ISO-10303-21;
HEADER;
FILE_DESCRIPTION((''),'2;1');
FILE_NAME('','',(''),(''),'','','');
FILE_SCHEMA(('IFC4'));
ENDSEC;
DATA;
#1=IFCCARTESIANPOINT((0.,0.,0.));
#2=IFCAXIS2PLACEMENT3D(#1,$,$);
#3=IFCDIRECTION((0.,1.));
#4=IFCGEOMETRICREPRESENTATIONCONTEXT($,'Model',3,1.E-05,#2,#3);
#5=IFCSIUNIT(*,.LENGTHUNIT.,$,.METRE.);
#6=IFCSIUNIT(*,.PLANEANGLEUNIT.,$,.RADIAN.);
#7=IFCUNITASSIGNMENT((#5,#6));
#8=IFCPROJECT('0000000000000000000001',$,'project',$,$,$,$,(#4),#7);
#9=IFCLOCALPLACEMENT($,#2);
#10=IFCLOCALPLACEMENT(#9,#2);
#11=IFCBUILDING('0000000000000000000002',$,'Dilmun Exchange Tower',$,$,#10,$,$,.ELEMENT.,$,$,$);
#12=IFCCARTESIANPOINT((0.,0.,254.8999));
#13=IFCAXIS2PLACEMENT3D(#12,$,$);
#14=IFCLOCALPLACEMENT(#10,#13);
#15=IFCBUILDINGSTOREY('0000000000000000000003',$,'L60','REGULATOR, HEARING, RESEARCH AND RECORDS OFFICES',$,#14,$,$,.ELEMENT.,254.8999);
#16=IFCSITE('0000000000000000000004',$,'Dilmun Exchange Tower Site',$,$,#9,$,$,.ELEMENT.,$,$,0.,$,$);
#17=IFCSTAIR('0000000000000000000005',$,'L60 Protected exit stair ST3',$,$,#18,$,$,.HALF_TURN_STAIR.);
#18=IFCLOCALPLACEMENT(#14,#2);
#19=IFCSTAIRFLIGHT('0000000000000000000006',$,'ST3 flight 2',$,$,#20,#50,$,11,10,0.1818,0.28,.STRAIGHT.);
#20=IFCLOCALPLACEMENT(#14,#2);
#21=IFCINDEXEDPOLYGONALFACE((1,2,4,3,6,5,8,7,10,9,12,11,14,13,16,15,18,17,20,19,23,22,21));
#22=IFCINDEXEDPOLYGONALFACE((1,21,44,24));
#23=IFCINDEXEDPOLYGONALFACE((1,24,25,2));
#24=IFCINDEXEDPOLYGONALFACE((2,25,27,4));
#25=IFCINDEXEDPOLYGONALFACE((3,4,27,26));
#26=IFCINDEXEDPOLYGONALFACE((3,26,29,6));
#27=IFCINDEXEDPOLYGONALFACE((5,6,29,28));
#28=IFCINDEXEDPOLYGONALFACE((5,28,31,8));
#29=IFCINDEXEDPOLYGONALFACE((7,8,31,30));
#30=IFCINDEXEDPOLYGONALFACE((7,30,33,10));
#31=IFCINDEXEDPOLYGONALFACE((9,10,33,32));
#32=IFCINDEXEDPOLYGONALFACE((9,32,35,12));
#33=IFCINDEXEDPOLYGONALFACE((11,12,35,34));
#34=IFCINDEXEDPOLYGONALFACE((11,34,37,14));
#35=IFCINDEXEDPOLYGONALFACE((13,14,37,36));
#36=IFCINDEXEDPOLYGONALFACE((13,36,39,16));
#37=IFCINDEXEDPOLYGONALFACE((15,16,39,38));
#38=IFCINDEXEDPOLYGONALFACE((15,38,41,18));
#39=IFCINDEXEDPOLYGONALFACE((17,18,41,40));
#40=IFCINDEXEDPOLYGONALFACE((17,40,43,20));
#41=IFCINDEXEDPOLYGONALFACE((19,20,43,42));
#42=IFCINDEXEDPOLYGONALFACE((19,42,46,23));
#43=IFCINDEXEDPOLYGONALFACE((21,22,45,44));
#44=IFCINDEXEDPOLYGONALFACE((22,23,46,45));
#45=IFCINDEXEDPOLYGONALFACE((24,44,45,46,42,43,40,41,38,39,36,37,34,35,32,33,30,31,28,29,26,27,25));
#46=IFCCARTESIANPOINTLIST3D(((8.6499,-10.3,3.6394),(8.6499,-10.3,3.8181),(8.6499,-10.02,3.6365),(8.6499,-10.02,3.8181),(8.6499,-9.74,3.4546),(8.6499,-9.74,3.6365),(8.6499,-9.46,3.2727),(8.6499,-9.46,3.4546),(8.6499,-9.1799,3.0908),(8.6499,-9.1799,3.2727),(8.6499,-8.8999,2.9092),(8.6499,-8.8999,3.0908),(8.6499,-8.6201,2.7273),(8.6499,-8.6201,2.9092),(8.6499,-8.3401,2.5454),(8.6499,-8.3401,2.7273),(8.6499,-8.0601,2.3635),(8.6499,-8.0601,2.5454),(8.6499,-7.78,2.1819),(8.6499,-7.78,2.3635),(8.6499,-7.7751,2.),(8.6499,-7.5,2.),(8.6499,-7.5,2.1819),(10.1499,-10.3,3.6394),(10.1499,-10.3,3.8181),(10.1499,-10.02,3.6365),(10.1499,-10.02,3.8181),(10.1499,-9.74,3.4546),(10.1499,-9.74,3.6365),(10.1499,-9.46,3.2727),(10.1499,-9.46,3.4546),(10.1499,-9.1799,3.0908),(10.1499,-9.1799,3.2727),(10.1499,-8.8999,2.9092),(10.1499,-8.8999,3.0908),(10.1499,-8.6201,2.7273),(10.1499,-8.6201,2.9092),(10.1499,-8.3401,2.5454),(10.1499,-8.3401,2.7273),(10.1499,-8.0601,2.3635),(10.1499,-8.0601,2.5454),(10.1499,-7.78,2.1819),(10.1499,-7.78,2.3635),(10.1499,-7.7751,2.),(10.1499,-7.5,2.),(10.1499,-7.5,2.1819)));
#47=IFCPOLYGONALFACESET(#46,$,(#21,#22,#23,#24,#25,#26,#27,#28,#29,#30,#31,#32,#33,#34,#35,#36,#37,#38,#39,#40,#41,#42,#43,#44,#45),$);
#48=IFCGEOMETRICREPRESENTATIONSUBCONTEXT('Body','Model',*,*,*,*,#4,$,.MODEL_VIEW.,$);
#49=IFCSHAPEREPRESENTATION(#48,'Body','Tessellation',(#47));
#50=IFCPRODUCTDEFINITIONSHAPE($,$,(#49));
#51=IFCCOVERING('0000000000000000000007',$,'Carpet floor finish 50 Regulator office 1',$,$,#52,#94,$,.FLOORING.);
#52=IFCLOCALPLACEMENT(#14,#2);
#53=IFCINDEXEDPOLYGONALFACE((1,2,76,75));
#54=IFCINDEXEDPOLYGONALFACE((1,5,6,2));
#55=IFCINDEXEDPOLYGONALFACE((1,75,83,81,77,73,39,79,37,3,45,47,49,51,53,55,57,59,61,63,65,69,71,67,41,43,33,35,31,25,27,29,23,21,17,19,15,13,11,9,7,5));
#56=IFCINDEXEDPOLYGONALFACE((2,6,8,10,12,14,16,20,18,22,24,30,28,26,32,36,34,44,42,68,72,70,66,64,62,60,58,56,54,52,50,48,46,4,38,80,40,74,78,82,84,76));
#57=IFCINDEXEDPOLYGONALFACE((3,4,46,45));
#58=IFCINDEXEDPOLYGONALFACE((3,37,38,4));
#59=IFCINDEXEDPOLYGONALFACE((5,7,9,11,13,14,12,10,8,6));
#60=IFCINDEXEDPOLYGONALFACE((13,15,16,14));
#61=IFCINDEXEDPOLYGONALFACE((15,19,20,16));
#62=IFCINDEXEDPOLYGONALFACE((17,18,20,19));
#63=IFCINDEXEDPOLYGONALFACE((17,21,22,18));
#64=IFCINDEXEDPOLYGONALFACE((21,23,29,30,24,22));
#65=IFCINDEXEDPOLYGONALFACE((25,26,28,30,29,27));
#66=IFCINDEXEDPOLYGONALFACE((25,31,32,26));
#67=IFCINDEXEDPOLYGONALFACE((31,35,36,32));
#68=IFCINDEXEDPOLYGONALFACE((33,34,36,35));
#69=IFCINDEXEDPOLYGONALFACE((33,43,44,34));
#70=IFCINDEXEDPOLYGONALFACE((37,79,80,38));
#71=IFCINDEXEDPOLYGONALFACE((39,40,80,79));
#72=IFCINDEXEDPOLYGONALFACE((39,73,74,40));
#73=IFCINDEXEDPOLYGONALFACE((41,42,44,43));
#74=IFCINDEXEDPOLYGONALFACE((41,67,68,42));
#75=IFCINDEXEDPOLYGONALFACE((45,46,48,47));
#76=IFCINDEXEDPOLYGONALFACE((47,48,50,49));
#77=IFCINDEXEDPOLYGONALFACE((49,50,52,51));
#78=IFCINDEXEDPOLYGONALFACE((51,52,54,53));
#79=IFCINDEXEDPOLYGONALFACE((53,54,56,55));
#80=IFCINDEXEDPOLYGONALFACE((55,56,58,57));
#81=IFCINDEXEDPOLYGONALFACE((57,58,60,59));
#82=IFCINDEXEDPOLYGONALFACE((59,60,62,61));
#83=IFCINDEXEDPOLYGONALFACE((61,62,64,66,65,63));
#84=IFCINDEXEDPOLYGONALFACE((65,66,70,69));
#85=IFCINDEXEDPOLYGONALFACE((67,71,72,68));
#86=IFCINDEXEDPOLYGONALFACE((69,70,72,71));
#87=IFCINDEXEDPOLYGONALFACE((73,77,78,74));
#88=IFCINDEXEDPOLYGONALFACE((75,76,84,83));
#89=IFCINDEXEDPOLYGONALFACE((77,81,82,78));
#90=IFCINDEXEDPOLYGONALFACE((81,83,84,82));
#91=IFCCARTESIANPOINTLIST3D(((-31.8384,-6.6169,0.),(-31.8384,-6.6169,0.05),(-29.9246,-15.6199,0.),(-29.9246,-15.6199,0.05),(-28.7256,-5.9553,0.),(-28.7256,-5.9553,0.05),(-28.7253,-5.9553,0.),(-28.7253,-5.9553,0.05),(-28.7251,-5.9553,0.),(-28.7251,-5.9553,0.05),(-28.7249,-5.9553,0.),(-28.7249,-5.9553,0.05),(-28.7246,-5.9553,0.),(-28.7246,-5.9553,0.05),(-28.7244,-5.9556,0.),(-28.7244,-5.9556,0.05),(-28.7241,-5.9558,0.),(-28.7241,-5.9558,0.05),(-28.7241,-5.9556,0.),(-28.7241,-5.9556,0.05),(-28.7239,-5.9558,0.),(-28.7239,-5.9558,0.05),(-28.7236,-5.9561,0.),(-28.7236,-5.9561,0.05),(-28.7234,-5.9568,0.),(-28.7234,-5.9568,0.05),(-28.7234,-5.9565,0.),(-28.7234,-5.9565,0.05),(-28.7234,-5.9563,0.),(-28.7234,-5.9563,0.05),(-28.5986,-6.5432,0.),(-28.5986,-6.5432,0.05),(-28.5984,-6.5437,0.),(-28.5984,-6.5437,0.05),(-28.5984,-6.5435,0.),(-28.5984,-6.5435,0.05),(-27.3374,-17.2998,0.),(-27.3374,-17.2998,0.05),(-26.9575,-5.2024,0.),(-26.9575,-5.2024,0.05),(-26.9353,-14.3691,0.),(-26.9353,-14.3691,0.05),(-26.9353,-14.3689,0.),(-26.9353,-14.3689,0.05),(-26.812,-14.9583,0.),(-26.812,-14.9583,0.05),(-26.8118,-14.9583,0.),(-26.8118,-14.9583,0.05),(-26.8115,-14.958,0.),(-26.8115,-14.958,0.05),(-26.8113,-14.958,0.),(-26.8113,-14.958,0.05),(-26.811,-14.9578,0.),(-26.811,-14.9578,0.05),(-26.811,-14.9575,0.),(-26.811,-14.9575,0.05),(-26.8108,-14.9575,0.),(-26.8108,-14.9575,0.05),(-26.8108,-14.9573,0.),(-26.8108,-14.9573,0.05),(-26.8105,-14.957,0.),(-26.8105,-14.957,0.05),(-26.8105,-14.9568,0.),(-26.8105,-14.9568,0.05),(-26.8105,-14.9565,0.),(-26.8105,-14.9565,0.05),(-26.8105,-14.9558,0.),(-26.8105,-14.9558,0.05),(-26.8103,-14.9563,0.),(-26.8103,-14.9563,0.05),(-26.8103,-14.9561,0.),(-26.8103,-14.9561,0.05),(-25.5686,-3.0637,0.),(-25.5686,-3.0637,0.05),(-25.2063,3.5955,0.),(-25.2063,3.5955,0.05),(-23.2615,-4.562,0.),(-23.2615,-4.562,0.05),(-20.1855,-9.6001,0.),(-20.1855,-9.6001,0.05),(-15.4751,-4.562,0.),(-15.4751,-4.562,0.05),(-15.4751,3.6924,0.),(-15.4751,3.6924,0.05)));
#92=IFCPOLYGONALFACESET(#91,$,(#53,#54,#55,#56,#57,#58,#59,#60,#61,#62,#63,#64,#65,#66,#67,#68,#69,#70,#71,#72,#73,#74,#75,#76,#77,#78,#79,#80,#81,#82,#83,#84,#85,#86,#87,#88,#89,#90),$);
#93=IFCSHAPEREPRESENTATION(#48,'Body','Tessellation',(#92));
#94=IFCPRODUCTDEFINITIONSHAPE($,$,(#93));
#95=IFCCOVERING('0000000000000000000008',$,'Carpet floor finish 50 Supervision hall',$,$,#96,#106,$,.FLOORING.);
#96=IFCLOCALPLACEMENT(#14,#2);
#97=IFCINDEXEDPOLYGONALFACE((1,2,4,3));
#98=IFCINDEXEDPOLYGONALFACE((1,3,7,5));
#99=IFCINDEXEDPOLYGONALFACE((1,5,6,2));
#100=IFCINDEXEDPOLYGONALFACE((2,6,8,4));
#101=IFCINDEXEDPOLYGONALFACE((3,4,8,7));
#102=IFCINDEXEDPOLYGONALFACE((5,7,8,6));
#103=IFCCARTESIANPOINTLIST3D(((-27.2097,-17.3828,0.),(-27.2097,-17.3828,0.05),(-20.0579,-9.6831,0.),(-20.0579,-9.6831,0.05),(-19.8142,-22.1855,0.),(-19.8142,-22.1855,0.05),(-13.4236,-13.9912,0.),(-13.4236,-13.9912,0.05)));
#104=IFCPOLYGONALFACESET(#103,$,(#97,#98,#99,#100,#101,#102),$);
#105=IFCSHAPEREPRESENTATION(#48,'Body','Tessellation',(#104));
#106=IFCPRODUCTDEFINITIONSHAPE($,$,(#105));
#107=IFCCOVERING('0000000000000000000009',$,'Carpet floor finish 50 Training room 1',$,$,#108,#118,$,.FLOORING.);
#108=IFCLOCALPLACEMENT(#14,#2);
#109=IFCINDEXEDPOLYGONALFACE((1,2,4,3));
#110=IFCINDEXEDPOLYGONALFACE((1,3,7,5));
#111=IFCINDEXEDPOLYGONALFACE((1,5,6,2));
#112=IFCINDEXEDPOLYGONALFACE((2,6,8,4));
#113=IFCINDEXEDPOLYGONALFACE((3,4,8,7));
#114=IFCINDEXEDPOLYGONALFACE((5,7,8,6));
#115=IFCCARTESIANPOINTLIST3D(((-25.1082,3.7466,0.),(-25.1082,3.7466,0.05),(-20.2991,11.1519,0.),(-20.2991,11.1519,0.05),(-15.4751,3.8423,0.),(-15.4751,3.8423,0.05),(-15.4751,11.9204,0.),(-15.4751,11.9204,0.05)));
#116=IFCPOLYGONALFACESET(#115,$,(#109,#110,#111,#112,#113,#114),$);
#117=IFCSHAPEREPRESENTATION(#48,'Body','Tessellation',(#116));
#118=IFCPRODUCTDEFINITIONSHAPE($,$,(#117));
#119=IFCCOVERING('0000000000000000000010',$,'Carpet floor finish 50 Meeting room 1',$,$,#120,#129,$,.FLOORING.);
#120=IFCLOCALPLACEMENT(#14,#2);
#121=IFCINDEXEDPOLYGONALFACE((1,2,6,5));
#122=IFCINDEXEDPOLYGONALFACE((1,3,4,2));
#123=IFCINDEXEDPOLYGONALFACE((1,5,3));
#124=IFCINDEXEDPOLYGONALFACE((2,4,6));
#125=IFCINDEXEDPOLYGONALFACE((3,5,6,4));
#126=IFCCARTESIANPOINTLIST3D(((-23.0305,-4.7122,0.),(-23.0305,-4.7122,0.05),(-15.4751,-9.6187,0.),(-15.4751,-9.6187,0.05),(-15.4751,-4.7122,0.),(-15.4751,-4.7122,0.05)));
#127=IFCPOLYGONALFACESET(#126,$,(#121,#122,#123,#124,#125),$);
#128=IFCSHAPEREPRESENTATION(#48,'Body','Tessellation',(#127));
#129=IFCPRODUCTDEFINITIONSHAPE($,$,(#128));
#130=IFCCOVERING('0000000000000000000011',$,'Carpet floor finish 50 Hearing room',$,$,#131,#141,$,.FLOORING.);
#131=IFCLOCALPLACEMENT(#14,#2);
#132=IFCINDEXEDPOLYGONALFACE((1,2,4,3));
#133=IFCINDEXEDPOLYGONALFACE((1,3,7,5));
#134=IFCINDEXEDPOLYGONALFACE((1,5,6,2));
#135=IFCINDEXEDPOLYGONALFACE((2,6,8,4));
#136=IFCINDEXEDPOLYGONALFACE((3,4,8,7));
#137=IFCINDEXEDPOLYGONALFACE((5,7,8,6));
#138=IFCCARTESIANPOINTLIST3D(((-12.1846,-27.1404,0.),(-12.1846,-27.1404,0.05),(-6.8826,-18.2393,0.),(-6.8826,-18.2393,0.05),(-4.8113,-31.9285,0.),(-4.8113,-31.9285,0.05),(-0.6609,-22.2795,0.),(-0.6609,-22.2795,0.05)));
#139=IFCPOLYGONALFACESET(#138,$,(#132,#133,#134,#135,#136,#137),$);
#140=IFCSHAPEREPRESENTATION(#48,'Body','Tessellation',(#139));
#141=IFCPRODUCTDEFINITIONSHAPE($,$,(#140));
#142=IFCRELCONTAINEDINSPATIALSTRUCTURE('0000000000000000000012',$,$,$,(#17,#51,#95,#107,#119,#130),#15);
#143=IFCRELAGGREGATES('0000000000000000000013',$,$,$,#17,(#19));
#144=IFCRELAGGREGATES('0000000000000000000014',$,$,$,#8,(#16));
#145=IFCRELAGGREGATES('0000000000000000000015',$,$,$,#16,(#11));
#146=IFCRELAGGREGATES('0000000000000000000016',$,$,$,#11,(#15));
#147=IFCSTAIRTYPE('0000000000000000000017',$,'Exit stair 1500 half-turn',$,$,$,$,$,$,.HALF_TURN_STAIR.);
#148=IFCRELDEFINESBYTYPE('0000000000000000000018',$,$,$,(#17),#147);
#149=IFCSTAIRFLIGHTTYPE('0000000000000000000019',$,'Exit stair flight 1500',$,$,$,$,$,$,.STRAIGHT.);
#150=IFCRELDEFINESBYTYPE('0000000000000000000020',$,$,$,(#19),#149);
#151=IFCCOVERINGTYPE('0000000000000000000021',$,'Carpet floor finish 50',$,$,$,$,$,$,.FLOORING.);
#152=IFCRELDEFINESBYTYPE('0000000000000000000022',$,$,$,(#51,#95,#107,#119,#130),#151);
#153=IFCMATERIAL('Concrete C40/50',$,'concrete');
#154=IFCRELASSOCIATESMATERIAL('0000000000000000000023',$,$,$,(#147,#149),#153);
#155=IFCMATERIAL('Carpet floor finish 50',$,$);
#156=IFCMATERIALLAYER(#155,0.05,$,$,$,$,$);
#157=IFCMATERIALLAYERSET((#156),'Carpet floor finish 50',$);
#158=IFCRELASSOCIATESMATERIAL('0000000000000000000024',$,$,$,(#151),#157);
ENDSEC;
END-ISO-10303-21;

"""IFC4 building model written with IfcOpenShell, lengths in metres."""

from ifc_helpers import new_model, si_unit, direction, frame, origin, place, context, subcontext, project, spatial, polyline, outline, extrude, material, layer, layer_set, type_object, element, aggregate, save


model = new_model("IFC4")

# Units and contexts
model_context = context("Model", 3, precision=1e-05, world=origin(), true_north=direction((0.0, 1.0)))
body_context = subcontext(model_context, "Body", "Model", "MODEL_VIEW")
ifc_project = project(units=[si_unit("LENGTHUNIT", "METRE"), si_unit("PLANEANGLEUNIT", "RADIAN")], contexts=[model_context])

# Site, building, storey
site_placement = place(None, origin())
site = spatial("IfcSite", under=ifc_project, at=site_placement, Name="Dilmun Exchange Tower Site", CompositionType="ELEMENT", RefElevation=0.0)
building_placement = place(site_placement, origin())
building = spatial("IfcBuilding", under=site, at=building_placement, Name="Dilmun Exchange Tower", CompositionType="ELEMENT")
storey_placement = place(building_placement, frame((0.0, 0.0, 254.8999)))
storey = spatial("IfcBuildingStorey", under=building, at=storey_placement, Name="L60", Description="REGULATOR, HEARING, RESEARCH AND RECORDS OFFICES", CompositionType="ELEMENT", Elevation=254.8999)

# Shared definitions
ifc_material_1 = material(Name="Concrete C40/50", Category="concrete")

# Stair
stair_type = type_object("IfcStairType", Name="Exit stair 1500 half-turn", PredefinedType="HALF_TURN_STAIR", material=ifc_material_1)
stair_1_placement = place(storey_placement, origin())
stair_1 = element("IfcStair", 1, at=stair_1_placement, inside=storey, type_object=stair_type, Name="L60 Protected exit stair ST3", PredefinedType="HALF_TURN_STAIR")

# Stair flight
stair_flight_type = type_object("IfcStairFlightType", Name="Exit stair flight 1500", PredefinedType="STRAIGHT", material=ifc_material_1)
stair_flight_placement = place(storey_placement, frame((9.3999, -7.5, 2.0), z_axis=(0.0, 0.0, 1.0), x_axis=(0.0, -1.0, 0.0)))
stair_flight = element("IfcStairFlight", 2, at=stair_flight_placement, type_object=stair_flight_type, Name="ST3 flight 2", NumberOfRisers=11, NumberOfTreads=10, PredefinedType="STRAIGHT", RiserHeight=0.1818, TreadLength=0.28, context=body_context, shape_type="SweptSolid", body=[
    extrude(outline(polyline([(0.0, 0.0), (0.0, 0.1819), (0.28, 0.1819), (0.28, 0.3635), (0.5601, 0.3635), (0.5601, 0.5454), (0.8401, 0.5454), (0.8401, 0.7273), (1.1201, 0.7273), (1.1201, 0.9092), (1.3999, 0.9092), (1.3999, 1.0908), (1.6799, 1.0908), (1.6799, 1.2727), (1.96, 1.2727), (1.96, 1.4546), (2.24, 1.4546), (2.24, 1.6365), (2.52, 1.6365), (2.52, 1.8181), (2.8, 1.8181), (2.8, 2.0), (2.8, 1.6394), (0.2751, 0.0), (0.0, 0.0)])), frame((0.0, 0.75, 0.0), z_axis=(0.0, -1.0, 0.0), x_axis=(1.0, 0.0, 0.0)), (0.0, 0.0, 1.0), 1.5),
])
aggregate(stair_1, [stair_flight])

# Coverings
ifc_material_2 = material(Name="Carpet floor finish 50")
ifc_layer_1 = layer(ifc_material_2, 0.05)
ifc_layer_set_1 = layer_set([ifc_layer_1], Name="Carpet floor finish 50")
covering_type_1 = type_object("IfcCoveringType", Name="Carpet floor finish 50", PredefinedType="FLOORING", material=ifc_layer_set_1)
covering_1_placement = place(storey_placement, origin())
element("IfcCovering", 3, at=covering_1_placement, inside=storey, type_object=covering_type_1, Name="Carpet floor finish 50 Regulator office 1", PredefinedType="FLOORING", context=body_context, shape_type="SweptSolid", body=[
    extrude(outline(polyline([(-15.4751, 3.6924), (-15.4751, -4.562), (-23.2615, -4.562), (-25.5686, -3.0637), (-26.9575, -5.2024), (-20.1855, -9.6001), (-27.3374, -17.2998), (-29.9246, -15.6199), (-26.812, -14.9583), (-26.8118, -14.9583), (-26.8115, -14.958), (-26.8115, -14.958), (-26.8113, -14.958), (-26.811, -14.9578), (-26.811, -14.9575), (-26.8108, -14.9575), (-26.8108, -14.9573), (-26.8108, -14.9573), (-26.8105, -14.957), (-26.8105, -14.9568), (-26.8105, -14.9565), (-26.8103, -14.9563), (-26.8103, -14.9563), (-26.8103, -14.9561), (-26.8105, -14.9558), (-26.9353, -14.3691), (-26.9353, -14.3691), (-26.9353, -14.3689), (-28.5984, -6.5437), (-28.5984, -6.5435), (-28.5986, -6.5432), (-28.5986, -6.5432), (-28.7234, -5.9568), (-28.7234, -5.9568), (-28.7234, -5.9565), (-28.7234, -5.9563), (-28.7236, -5.9561), (-28.7236, -5.9561), (-28.7239, -5.9558), (-28.7241, -5.9558), (-28.7241, -5.9556), (-28.7244, -5.9556), (-28.7246, -5.9553), (-28.7246, -5.9553), (-28.7249, -5.9553), (-28.7251, -5.9553), (-28.7253, -5.9553), (-28.7256, -5.9553), (-28.7256, -5.9553), (-31.8384, -6.6169), (-25.2063, 3.5955), (-15.4751, 3.6924)])), origin(), (0.0, 0.0, 1.0), 0.05),
])
covering_2_placement = place(storey_placement, origin())
element("IfcCovering", 4, at=covering_2_placement, inside=storey, type_object=covering_type_1, Name="Carpet floor finish 50 Supervision hall", PredefinedType="FLOORING", context=body_context, shape_type="SweptSolid", body=[
    extrude(outline(polyline([(-13.4236, -13.9912), (-19.8142, -22.1855), (-27.2097, -17.3828), (-20.0579, -9.6831), (-13.4236, -13.9912)])), origin(), (0.0, 0.0, 1.0), 0.05),
])
covering_3_placement = place(storey_placement, origin())
element("IfcCovering", 5, at=covering_3_placement, inside=storey, type_object=covering_type_1, Name="Carpet floor finish 50 Training room 1", PredefinedType="FLOORING", context=body_context, shape_type="SweptSolid", body=[
    extrude(outline(polyline([(-15.4751, 3.8423), (-25.1082, 3.7466), (-20.2991, 11.1519), (-15.4751, 11.9204), (-15.4751, 3.8423)])), origin(), (0.0, 0.0, 1.0), 0.05),
])
covering_4_placement = place(storey_placement, origin())
element("IfcCovering", 6, at=covering_4_placement, inside=storey, type_object=covering_type_1, Name="Carpet floor finish 50 Meeting room 1", PredefinedType="FLOORING", context=body_context, shape_type="SweptSolid", body=[
    extrude(outline(polyline([(-15.4751, -4.7122), (-15.4751, -9.6187), (-23.0305, -4.7122), (-15.4751, -4.7122)])), origin(), (0.0, 0.0, 1.0), 0.05),
])
covering_5_placement = place(storey_placement, origin())
element("IfcCovering", 7, at=covering_5_placement, inside=storey, type_object=covering_type_1, Name="Carpet floor finish 50 Hearing room", PredefinedType="FLOORING", context=body_context, shape_type="SweptSolid", body=[
    extrude(outline(polyline([(-6.8826, -18.2393), (-0.6609, -22.2795), (-4.8113, -31.9285), (-12.1846, -27.1404), (-6.8826, -18.2393)])), origin(), (0.0, 0.0, 1.0), 0.05),
])

save(model, "model.ifc")
